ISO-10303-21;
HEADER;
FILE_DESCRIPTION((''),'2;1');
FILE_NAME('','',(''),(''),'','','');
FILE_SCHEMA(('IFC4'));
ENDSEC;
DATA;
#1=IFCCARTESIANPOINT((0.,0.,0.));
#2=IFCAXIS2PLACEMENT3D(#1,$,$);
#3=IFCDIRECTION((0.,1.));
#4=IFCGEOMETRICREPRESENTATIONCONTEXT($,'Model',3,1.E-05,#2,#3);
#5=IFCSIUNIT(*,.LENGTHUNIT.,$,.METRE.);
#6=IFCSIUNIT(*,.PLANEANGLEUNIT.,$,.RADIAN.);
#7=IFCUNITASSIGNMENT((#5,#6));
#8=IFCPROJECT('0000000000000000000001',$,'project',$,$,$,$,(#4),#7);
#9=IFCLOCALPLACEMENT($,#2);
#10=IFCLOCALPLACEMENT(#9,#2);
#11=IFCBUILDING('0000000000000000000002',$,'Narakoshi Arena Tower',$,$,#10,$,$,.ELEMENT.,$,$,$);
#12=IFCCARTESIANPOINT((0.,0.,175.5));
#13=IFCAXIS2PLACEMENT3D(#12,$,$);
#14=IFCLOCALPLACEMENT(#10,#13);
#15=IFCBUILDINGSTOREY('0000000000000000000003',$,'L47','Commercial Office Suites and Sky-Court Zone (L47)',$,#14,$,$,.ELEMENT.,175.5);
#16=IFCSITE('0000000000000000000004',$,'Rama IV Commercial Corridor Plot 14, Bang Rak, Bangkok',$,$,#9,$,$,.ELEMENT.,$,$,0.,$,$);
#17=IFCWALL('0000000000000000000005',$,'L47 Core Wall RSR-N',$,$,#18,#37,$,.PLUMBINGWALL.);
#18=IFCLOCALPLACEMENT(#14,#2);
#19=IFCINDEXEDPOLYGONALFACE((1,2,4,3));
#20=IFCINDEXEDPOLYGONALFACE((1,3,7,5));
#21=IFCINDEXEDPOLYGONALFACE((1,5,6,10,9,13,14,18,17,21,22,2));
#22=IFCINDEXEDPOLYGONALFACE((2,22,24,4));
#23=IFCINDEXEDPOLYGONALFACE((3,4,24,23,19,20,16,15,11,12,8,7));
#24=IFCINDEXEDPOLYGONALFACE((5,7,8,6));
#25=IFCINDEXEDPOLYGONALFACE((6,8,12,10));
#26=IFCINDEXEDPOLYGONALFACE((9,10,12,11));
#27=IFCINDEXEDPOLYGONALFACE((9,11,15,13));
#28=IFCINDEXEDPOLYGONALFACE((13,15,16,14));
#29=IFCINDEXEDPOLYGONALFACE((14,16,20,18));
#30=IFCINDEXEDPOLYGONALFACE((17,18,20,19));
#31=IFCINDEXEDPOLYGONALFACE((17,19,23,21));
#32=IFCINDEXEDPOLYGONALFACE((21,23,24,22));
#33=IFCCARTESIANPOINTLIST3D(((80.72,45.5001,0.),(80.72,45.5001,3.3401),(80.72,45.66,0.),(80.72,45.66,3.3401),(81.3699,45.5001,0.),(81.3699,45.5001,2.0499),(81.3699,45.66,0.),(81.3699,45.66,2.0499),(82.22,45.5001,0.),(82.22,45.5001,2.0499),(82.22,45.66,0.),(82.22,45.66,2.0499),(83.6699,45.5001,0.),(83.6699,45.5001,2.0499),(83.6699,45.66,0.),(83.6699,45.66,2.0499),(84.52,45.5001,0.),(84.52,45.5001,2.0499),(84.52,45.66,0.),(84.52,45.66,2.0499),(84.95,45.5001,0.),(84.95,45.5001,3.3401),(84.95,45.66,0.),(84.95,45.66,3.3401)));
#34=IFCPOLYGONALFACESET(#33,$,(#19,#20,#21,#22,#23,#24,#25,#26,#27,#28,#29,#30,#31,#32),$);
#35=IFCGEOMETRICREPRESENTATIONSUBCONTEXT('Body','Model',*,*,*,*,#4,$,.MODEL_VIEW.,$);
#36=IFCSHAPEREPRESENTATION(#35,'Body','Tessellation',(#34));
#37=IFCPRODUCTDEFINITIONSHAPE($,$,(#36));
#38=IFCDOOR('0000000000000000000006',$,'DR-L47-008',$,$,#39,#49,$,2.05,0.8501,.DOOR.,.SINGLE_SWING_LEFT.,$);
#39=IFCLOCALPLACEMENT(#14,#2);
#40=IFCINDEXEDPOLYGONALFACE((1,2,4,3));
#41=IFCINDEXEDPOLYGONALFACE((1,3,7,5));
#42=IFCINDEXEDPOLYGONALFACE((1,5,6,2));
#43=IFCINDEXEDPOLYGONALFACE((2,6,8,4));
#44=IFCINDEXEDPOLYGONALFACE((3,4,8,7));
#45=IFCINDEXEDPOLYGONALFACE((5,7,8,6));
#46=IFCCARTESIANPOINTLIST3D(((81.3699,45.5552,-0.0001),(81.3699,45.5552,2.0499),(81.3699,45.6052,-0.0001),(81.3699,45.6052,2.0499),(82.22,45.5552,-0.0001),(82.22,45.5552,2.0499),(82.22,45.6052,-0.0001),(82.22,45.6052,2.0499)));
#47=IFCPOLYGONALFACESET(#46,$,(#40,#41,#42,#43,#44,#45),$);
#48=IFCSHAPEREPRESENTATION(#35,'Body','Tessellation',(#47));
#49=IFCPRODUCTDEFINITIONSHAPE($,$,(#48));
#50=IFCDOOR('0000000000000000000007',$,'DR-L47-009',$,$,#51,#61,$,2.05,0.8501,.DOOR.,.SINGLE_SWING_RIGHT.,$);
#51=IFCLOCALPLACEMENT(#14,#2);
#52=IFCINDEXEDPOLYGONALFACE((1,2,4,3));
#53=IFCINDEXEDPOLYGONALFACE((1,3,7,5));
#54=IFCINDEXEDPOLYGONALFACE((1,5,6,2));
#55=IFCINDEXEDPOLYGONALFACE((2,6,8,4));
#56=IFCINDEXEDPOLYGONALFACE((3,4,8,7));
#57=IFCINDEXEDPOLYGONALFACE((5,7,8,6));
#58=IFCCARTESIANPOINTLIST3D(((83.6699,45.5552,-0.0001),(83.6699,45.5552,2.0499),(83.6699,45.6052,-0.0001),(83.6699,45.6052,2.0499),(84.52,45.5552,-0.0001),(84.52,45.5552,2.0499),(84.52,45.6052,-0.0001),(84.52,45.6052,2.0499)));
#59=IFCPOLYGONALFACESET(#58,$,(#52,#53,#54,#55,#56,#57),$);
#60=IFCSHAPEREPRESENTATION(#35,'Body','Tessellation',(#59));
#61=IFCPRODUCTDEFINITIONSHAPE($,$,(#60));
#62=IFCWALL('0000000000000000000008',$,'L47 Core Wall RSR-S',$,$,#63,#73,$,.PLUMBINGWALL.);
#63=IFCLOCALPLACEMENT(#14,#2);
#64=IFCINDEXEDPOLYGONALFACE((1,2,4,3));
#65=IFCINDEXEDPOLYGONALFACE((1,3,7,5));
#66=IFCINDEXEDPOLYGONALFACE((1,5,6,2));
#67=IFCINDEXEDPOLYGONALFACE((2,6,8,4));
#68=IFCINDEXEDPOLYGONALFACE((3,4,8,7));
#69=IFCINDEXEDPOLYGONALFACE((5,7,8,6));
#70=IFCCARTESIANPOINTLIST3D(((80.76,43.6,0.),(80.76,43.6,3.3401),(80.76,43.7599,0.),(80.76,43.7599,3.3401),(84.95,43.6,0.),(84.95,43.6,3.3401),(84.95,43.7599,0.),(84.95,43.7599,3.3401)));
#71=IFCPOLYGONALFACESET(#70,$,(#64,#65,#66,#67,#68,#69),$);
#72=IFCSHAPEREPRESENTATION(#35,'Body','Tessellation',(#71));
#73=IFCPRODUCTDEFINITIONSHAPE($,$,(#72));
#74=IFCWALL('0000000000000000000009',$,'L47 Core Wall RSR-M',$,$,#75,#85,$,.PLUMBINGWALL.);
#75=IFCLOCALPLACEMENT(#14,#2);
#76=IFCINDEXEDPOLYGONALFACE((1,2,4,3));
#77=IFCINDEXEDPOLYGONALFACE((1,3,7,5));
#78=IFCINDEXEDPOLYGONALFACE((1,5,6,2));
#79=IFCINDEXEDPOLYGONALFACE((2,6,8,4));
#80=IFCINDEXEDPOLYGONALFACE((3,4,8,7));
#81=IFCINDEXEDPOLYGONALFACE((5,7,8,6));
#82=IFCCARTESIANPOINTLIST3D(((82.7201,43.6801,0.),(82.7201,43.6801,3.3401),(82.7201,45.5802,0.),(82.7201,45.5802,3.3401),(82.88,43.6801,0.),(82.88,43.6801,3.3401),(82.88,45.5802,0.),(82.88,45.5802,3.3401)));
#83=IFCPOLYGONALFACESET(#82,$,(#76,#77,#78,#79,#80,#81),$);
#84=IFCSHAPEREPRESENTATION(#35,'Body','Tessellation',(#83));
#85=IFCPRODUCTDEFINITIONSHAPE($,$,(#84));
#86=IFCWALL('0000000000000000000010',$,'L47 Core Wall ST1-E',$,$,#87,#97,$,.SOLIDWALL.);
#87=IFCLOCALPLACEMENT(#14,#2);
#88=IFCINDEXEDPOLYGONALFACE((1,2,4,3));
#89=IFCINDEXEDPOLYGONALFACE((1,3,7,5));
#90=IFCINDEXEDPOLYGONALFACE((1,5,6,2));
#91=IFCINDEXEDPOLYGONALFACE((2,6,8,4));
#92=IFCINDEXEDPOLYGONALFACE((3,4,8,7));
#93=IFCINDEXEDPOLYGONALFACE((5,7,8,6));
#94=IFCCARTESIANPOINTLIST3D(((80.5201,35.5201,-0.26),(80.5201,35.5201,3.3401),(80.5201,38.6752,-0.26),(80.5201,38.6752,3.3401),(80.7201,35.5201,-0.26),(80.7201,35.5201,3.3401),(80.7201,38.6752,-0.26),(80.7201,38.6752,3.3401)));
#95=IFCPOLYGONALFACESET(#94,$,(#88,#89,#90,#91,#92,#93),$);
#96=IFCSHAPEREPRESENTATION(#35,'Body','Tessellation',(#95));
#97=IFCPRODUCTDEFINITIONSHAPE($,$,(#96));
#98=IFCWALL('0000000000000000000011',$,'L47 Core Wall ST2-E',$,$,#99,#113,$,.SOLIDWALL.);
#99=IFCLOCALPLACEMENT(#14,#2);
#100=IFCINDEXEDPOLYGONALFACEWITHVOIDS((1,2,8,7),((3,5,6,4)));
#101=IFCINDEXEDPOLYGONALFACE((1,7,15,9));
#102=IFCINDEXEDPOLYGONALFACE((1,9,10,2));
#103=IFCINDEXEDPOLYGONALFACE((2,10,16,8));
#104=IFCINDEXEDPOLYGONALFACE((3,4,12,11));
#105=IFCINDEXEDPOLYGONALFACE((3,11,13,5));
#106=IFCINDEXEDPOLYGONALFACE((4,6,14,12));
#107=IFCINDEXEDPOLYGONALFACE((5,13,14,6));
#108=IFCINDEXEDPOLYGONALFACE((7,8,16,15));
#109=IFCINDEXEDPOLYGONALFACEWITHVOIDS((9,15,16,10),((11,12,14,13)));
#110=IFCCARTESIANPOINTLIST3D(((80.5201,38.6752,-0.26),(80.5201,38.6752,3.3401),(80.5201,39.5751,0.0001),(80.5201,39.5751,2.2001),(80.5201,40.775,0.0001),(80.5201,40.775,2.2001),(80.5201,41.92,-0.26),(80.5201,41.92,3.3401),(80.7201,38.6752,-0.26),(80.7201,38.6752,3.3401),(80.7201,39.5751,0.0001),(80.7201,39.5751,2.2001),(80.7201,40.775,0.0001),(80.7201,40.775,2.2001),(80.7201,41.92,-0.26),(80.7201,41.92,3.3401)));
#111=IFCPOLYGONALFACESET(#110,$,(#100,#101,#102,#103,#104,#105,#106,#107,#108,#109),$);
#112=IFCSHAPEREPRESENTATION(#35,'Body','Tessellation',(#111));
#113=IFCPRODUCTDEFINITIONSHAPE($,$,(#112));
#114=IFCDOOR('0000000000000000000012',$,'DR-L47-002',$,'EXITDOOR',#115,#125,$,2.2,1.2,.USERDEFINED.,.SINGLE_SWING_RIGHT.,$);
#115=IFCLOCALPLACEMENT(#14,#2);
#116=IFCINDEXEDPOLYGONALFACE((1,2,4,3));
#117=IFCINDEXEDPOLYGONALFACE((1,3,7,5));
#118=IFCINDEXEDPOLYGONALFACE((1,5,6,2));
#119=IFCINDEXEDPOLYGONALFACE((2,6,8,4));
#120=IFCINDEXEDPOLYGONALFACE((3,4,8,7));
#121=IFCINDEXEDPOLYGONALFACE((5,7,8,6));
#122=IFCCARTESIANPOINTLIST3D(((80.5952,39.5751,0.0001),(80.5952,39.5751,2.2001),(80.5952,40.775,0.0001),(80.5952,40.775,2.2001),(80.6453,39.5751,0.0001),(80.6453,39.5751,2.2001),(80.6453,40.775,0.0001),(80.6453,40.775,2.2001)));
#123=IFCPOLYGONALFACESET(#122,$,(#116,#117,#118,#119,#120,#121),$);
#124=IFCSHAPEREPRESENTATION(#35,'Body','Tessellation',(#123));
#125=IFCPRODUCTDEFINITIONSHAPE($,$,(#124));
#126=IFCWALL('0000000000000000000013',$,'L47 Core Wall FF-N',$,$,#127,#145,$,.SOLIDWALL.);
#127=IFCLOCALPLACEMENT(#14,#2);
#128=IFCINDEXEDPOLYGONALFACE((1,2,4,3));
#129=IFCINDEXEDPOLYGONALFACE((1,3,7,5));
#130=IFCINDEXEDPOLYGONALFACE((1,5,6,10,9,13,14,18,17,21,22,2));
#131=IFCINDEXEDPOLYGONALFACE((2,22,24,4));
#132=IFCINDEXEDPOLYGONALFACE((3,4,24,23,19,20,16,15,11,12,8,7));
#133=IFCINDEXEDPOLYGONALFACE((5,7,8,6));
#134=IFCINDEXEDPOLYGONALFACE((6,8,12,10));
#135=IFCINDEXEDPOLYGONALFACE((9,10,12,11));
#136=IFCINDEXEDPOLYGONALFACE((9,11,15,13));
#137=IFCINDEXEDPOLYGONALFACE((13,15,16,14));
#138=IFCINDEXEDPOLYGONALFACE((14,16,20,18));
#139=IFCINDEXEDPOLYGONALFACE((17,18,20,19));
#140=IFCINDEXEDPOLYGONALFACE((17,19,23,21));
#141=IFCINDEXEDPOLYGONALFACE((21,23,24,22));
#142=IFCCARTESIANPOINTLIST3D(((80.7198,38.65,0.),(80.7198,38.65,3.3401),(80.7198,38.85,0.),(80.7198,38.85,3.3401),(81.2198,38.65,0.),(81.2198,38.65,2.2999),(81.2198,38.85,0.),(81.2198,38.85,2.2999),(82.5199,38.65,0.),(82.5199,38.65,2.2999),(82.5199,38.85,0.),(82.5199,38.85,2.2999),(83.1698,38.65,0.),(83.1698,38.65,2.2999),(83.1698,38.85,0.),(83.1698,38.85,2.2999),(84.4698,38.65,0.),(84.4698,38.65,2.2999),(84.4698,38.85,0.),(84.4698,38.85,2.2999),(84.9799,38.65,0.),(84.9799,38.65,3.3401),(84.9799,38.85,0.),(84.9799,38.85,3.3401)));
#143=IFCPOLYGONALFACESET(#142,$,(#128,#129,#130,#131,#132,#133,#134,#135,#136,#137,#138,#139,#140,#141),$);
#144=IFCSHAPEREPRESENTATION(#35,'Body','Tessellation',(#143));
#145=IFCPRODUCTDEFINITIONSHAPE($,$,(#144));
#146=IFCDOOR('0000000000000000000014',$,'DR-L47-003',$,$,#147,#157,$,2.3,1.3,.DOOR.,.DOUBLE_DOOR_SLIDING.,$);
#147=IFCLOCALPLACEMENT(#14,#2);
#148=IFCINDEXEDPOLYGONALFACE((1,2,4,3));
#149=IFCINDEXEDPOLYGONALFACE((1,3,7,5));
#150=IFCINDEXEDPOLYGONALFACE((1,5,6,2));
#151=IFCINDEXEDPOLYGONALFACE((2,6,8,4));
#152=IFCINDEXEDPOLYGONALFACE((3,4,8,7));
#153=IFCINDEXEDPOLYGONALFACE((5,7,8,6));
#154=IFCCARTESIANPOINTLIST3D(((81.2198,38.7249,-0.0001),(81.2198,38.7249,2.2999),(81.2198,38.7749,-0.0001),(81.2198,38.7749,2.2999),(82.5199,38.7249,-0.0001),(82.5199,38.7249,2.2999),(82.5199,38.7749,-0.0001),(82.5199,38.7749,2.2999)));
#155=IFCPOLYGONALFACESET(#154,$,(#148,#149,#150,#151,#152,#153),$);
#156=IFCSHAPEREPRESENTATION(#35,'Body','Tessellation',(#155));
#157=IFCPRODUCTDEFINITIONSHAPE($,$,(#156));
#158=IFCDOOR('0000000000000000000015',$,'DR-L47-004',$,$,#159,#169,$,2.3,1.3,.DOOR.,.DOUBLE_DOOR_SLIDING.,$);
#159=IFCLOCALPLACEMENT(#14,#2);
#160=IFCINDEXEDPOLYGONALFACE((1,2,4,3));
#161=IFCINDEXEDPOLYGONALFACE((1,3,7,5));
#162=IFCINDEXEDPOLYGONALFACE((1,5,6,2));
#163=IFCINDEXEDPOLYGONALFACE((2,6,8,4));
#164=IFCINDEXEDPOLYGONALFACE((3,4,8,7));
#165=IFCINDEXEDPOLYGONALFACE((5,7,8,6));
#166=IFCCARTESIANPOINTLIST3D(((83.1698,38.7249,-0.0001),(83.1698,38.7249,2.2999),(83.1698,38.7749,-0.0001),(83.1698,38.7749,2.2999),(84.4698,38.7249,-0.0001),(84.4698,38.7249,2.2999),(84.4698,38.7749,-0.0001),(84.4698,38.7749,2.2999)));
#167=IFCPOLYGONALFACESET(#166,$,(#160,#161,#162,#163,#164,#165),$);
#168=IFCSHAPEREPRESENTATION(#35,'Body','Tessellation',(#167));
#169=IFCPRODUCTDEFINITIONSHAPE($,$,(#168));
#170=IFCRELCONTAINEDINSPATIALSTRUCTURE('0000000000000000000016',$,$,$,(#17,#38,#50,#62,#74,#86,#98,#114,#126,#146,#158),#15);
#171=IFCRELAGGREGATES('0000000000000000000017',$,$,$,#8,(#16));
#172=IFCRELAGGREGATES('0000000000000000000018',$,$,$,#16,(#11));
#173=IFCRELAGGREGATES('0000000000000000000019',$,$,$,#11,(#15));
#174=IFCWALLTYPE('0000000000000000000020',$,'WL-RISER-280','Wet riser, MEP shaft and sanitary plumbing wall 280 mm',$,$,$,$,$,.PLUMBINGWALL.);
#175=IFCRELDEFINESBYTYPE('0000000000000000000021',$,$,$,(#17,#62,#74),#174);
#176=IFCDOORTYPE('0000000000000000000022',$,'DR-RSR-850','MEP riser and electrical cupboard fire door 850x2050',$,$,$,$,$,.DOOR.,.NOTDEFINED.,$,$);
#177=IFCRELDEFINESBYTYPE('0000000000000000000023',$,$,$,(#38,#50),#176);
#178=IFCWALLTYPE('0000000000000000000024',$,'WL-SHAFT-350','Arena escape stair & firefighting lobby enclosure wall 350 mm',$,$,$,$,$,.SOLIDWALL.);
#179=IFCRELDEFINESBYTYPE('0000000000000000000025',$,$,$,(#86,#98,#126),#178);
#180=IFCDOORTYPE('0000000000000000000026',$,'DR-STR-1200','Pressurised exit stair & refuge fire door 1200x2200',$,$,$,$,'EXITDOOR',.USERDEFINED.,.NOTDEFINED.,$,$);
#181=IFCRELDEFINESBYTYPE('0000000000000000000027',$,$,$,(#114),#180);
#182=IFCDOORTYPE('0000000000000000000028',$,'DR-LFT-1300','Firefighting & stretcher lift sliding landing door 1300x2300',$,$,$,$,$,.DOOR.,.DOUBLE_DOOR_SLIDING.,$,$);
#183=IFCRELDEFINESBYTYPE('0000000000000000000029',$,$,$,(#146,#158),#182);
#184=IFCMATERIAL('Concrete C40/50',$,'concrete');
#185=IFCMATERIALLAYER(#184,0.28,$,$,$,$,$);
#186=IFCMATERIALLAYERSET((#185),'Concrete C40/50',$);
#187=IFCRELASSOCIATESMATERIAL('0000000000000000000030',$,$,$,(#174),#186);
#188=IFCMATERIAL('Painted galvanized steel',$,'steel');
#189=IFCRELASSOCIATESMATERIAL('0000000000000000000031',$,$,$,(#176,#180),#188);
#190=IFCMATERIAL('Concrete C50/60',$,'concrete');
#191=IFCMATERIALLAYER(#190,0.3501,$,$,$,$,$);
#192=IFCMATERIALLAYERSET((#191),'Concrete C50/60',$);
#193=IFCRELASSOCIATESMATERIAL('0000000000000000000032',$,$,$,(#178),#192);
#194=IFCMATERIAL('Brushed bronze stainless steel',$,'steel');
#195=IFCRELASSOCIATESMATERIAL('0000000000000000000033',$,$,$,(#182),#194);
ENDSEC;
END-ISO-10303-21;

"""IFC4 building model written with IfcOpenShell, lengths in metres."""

from ifc_helpers import new_model, si_unit, direction, frame, frame_2d, origin, place, context, subcontext, project, spatial, rectangle, extrude, material, layer, layer_set, type_object, element, fill, save


model = new_model("IFC4")

# Units and contexts
model_context = context("Model", 3, precision=1e-05, world=origin(), true_north=direction((0.0, 1.0)))
body_context = subcontext(model_context, "Body", "Model", "MODEL_VIEW")
ifc_project = project(units=[si_unit("LENGTHUNIT", "METRE"), si_unit("PLANEANGLEUNIT", "RADIAN")], contexts=[model_context])

# Site, building, storey
site_placement = place(None, origin())
site = spatial("IfcSite", under=ifc_project, at=site_placement, Name="Rama IV Commercial Corridor Plot 14, Bang Rak, Bangkok", CompositionType="ELEMENT", RefElevation=0.0)
building_placement = place(site_placement, origin())
building = spatial("IfcBuilding", under=site, at=building_placement, Name="Narakoshi Arena Tower", CompositionType="ELEMENT")
storey_placement = place(building_placement, frame((0.0, 0.0, 175.5)))
storey = spatial("IfcBuildingStorey", under=building, at=storey_placement, Name="L47", Description="Commercial Office Suites and Sky-Court Zone (L47)", CompositionType="ELEMENT", Elevation=175.5)

# Wall, openings, doors
ifc_material_1 = material(Name="Concrete C40/50", Category="concrete")
ifc_layer_1 = layer(ifc_material_1, 0.28)
ifc_layer_set_1 = layer_set([ifc_layer_1], Name="Concrete C40/50")
wall_type_1 = type_object("IfcWallType", Name="WL-RISER-280", Description="Wet riser, MEP shaft and sanitary plumbing wall 280 mm", PredefinedType="PLUMBINGWALL", material=ifc_layer_set_1)
wall_1_placement = place(storey_placement, frame((80.72, 45.5801, 0.0), z_axis=(0.0, 0.0, 1.0), x_axis=(1.0, 0.0, 0.0)))
wall_1 = element("IfcWall", 1, at=wall_1_placement, inside=storey, type_object=wall_type_1, Name="L47 Core Wall RSR-N", PredefinedType="PLUMBINGWALL", context=body_context, shape_type="SweptSolid", body=[
    extrude(rectangle(XDim=4.23, YDim=0.1599, at=frame_2d((2.115, 0.0))), origin(), (0.0, 0.0, 1.0), 3.3401),
])
opening_1_placement = place(wall_1_placement, frame((0.6499, 0.0, 0.0)))
opening_1 = element("IfcOpeningElement", 2, at=opening_1_placement, cuts=wall_1, PredefinedType="OPENING", context=body_context, shape_type="SweptSolid", body=[
    extrude(rectangle(XDim=0.8501, YDim=2.05, at=frame_2d((0.425, 1.0249))), frame((0.0, 0.0898, 0.0), z_axis=(0.0, -1.0, 0.0), x_axis=(1.0, 0.0, 0.0)), (0.0, 0.0, 1.0), 0.1799),
])
opening_2_placement = place(wall_1_placement, frame((2.95, 0.0, 0.0)))
opening_2 = element("IfcOpeningElement", 3, at=opening_2_placement, cuts=wall_1, PredefinedType="OPENING", context=body_context, shape_type="SweptSolid", body=[
    extrude(rectangle(XDim=0.8501, YDim=2.05, at=frame_2d((0.425, 1.0249))), frame((0.0, 0.0898, 0.0), z_axis=(0.0, -1.0, 0.0), x_axis=(1.0, 0.0, 0.0)), (0.0, 0.0, 1.0), 0.1799),
])
ifc_material_2 = material(Name="Painted galvanized steel", Category="steel")
door_type_1 = type_object("IfcDoorType", Name="DR-RSR-850", Description="MEP riser and electrical cupboard fire door 850x2050", OperationType="NOTDEFINED", PredefinedType="DOOR", material=ifc_material_2)
door_1_placement = place(opening_1_placement, frame((0.8501, 0.0, 0.0), z_axis=(0.0, 0.0, 1.0), x_axis=(-1.0, 0.0, 0.0)))
door_1 = element("IfcDoor", 4, at=door_1_placement, inside=storey, type_object=door_type_1, Name="DR-L47-008", OperationType="SINGLE_SWING_LEFT", OverallHeight=2.05, OverallWidth=0.8501, PredefinedType="DOOR", context=body_context, shape_type="SweptSolid", body=[
    extrude(rectangle(XDim=0.8501, YDim=2.05, at=frame_2d((0.425, 1.0249))), frame((0.0, 0.0249, 0.0), z_axis=(0.0, -1.0, 0.0), x_axis=(1.0, 0.0, 0.0)), (0.0, 0.0, 1.0), 0.05),
])
fill(opening_1, door_1)
door_2_placement = place(opening_2_placement, frame((0.8501, 0.0, 0.0), z_axis=(0.0, 0.0, 1.0), x_axis=(-1.0, 0.0, 0.0)))
door_2 = element("IfcDoor", 5, at=door_2_placement, inside=storey, type_object=door_type_1, Name="DR-L47-009", OperationType="SINGLE_SWING_RIGHT", OverallHeight=2.05, OverallWidth=0.8501, PredefinedType="DOOR", context=body_context, shape_type="SweptSolid", body=[
    extrude(rectangle(XDim=0.8501, YDim=2.05, at=frame_2d((0.425, 1.0249))), frame((0.0, 0.0249, 0.0), z_axis=(0.0, -1.0, 0.0), x_axis=(1.0, 0.0, 0.0)), (0.0, 0.0, 1.0), 0.05),
])
fill(opening_2, door_2)

# Walls
wall_2_placement = place(storey_placement, frame((80.76, 43.6799, 0.0), z_axis=(0.0, 0.0, 1.0), x_axis=(1.0, 0.0, 0.0)))
element("IfcWall", 6, at=wall_2_placement, inside=storey, type_object=wall_type_1, Name="L47 Core Wall RSR-S", PredefinedType="PLUMBINGWALL", context=body_context, shape_type="SweptSolid", body=[
    extrude(rectangle(XDim=4.1899, YDim=0.1599, at=frame_2d((2.095, 0.0))), origin(), (0.0, 0.0, 1.0), 3.3401),
])
wall_3_placement = place(storey_placement, frame((82.8, 43.6799, 0.0), z_axis=(0.0, 0.0, 1.0), x_axis=(0.0, 1.0, 0.0)))
element("IfcWall", 7, at=wall_3_placement, inside=storey, type_object=wall_type_1, Name="L47 Core Wall RSR-M", PredefinedType="PLUMBINGWALL", context=body_context, shape_type="SweptSolid", body=[
    extrude(rectangle(XDim=1.9001, YDim=0.1599, at=frame_2d((0.9502, 0.0))), origin(), (0.0, 0.0, 1.0), 3.3401),
])
ifc_material_3 = material(Name="Concrete C50/60", Category="concrete")
ifc_layer_2 = layer(ifc_material_3, 0.3501)
ifc_layer_set_2 = layer_set([ifc_layer_2], Name="Concrete C50/60")
wall_type_2 = type_object("IfcWallType", Name="WL-SHAFT-350", Description="Arena escape stair & firefighting lobby enclosure wall 350 mm", PredefinedType="SOLIDWALL", material=ifc_layer_set_2)
wall_4_placement = place(storey_placement, frame((80.6201, 35.52, -0.26), z_axis=(0.0, 0.0, 1.0), x_axis=(0.0, 1.0, 0.0)))
element("IfcWall", 8, at=wall_4_placement, inside=storey, type_object=wall_type_2, Name="L47 Core Wall ST1-E", PredefinedType="SOLIDWALL", context=body_context, shape_type="SweptSolid", body=[
    extrude(rectangle(XDim=3.155, YDim=0.2, at=frame_2d((1.5776, 0.0))), origin(), (0.0, 0.0, 1.0), 3.6001),
])

# Wall, opening, door
wall_5_placement = place(storey_placement, frame((80.6201, 38.675, -0.26), z_axis=(0.0, 0.0, 1.0), x_axis=(0.0, 1.0, 0.0)))
wall_5 = element("IfcWall", 9, at=wall_5_placement, inside=storey, type_object=wall_type_2, Name="L47 Core Wall ST2-E", PredefinedType="SOLIDWALL", context=body_context, shape_type="SweptSolid", body=[
    extrude(rectangle(XDim=3.2449, YDim=0.2, at=frame_2d((1.6226, 0.0))), origin(), (0.0, 0.0, 1.0), 3.6001),
])
opening_3_placement = place(wall_5_placement, frame((0.8999, 0.0, 0.26)))
opening_3 = element("IfcOpeningElement", 10, at=opening_3_placement, cuts=wall_5, PredefinedType="OPENING", context=body_context, shape_type="SweptSolid", body=[
    extrude(rectangle(XDim=1.2, YDim=2.2, at=frame_2d((0.6001, 1.1001))), frame((0.0, 0.1099, 0.0), z_axis=(0.0, -1.0, 0.0), x_axis=(1.0, 0.0, 0.0)), (0.0, 0.0, 1.0), 0.22),
])
door_type_2 = type_object("IfcDoorType", Name="DR-STR-1200", Description="Pressurised exit stair & refuge fire door 1200x2200", ElementType="EXITDOOR", OperationType="NOTDEFINED", PredefinedType="USERDEFINED", material=ifc_material_2)
door_3_placement = place(opening_3_placement, origin())
door_3 = element("IfcDoor", 11, at=door_3_placement, inside=storey, type_object=door_type_2, Name="DR-L47-002", ObjectType="EXITDOOR", OperationType="SINGLE_SWING_RIGHT", OverallHeight=2.2, OverallWidth=1.2, PredefinedType="USERDEFINED", context=body_context, shape_type="SweptSolid", body=[
    extrude(rectangle(XDim=1.2, YDim=2.2, at=frame_2d((0.6001, 1.1001))), frame((0.0, 0.0249, 0.0), z_axis=(0.0, -1.0, 0.0), x_axis=(1.0, 0.0, 0.0)), (0.0, 0.0, 1.0), 0.05),
])
fill(opening_3, door_3)

# Wall, openings, doors
wall_6_placement = place(storey_placement, frame((80.72, 38.75, 0.0), z_axis=(0.0, 0.0, 1.0), x_axis=(1.0, 0.0, 0.0)))
wall_6 = element("IfcWall", 12, at=wall_6_placement, inside=storey, type_object=wall_type_2, Name="L47 Core Wall FF-N", PredefinedType="SOLIDWALL", context=body_context, shape_type="SweptSolid", body=[
    extrude(rectangle(XDim=4.26, YDim=0.2, at=frame_2d((2.1299, 0.0))), origin(), (0.0, 0.0, 1.0), 3.3401),
])
opening_4_placement = place(wall_6_placement, frame((0.5, 0.0, 0.0)))
opening_4 = element("IfcOpeningElement", 13, at=opening_4_placement, cuts=wall_6, PredefinedType="OPENING", context=body_context, shape_type="SweptSolid", body=[
    extrude(rectangle(XDim=1.3, YDim=2.3, at=frame_2d((0.6499, 1.1499))), frame((0.0, 0.1099, 0.0), z_axis=(0.0, -1.0, 0.0), x_axis=(1.0, 0.0, 0.0)), (0.0, 0.0, 1.0), 0.22),
])
opening_5_placement = place(wall_6_placement, frame((2.45, 0.0, 0.0)))
opening_5 = element("IfcOpeningElement", 14, at=opening_5_placement, cuts=wall_6, PredefinedType="OPENING", context=body_context, shape_type="SweptSolid", body=[
    extrude(rectangle(XDim=1.3, YDim=2.3, at=frame_2d((0.6499, 1.1499))), frame((0.0, 0.1099, 0.0), z_axis=(0.0, -1.0, 0.0), x_axis=(1.0, 0.0, 0.0)), (0.0, 0.0, 1.0), 0.22),
])
ifc_material_4 = material(Name="Brushed bronze stainless steel", Category="steel")
door_type_3 = type_object("IfcDoorType", Name="DR-LFT-1300", Description="Firefighting & stretcher lift sliding landing door 1300x2300", OperationType="DOUBLE_DOOR_SLIDING", PredefinedType="DOOR", material=ifc_material_4)
door_4_placement = place(opening_4_placement, origin())
door_4 = element("IfcDoor", 15, at=door_4_placement, inside=storey, type_object=door_type_3, Name="DR-L47-003", OperationType="DOUBLE_DOOR_SLIDING", OverallHeight=2.3, OverallWidth=1.3, PredefinedType="DOOR", context=body_context, shape_type="SweptSolid", body=[
    extrude(rectangle(XDim=1.3, YDim=2.3, at=frame_2d((0.6499, 1.1499))), frame((0.0, 0.0249, 0.0), z_axis=(0.0, -1.0, 0.0), x_axis=(1.0, 0.0, 0.0)), (0.0, 0.0, 1.0), 0.05),
])
fill(opening_4, door_4)
door_5_placement = place(opening_5_placement, origin())
door_5 = element("IfcDoor", 16, at=door_5_placement, inside=storey, type_object=door_type_3, Name="DR-L47-004", OperationType="DOUBLE_DOOR_SLIDING", OverallHeight=2.3, OverallWidth=1.3, PredefinedType="DOOR", context=body_context, shape_type="SweptSolid", body=[
    extrude(rectangle(XDim=1.3, YDim=2.3, at=frame_2d((0.6499, 1.1499))), frame((0.0, 0.0249, 0.0), z_axis=(0.0, -1.0, 0.0), x_axis=(1.0, 0.0, 0.0)), (0.0, 0.0, 1.0), 0.05),
])
fill(opening_5, door_5)

save(model, "model.ifc")
